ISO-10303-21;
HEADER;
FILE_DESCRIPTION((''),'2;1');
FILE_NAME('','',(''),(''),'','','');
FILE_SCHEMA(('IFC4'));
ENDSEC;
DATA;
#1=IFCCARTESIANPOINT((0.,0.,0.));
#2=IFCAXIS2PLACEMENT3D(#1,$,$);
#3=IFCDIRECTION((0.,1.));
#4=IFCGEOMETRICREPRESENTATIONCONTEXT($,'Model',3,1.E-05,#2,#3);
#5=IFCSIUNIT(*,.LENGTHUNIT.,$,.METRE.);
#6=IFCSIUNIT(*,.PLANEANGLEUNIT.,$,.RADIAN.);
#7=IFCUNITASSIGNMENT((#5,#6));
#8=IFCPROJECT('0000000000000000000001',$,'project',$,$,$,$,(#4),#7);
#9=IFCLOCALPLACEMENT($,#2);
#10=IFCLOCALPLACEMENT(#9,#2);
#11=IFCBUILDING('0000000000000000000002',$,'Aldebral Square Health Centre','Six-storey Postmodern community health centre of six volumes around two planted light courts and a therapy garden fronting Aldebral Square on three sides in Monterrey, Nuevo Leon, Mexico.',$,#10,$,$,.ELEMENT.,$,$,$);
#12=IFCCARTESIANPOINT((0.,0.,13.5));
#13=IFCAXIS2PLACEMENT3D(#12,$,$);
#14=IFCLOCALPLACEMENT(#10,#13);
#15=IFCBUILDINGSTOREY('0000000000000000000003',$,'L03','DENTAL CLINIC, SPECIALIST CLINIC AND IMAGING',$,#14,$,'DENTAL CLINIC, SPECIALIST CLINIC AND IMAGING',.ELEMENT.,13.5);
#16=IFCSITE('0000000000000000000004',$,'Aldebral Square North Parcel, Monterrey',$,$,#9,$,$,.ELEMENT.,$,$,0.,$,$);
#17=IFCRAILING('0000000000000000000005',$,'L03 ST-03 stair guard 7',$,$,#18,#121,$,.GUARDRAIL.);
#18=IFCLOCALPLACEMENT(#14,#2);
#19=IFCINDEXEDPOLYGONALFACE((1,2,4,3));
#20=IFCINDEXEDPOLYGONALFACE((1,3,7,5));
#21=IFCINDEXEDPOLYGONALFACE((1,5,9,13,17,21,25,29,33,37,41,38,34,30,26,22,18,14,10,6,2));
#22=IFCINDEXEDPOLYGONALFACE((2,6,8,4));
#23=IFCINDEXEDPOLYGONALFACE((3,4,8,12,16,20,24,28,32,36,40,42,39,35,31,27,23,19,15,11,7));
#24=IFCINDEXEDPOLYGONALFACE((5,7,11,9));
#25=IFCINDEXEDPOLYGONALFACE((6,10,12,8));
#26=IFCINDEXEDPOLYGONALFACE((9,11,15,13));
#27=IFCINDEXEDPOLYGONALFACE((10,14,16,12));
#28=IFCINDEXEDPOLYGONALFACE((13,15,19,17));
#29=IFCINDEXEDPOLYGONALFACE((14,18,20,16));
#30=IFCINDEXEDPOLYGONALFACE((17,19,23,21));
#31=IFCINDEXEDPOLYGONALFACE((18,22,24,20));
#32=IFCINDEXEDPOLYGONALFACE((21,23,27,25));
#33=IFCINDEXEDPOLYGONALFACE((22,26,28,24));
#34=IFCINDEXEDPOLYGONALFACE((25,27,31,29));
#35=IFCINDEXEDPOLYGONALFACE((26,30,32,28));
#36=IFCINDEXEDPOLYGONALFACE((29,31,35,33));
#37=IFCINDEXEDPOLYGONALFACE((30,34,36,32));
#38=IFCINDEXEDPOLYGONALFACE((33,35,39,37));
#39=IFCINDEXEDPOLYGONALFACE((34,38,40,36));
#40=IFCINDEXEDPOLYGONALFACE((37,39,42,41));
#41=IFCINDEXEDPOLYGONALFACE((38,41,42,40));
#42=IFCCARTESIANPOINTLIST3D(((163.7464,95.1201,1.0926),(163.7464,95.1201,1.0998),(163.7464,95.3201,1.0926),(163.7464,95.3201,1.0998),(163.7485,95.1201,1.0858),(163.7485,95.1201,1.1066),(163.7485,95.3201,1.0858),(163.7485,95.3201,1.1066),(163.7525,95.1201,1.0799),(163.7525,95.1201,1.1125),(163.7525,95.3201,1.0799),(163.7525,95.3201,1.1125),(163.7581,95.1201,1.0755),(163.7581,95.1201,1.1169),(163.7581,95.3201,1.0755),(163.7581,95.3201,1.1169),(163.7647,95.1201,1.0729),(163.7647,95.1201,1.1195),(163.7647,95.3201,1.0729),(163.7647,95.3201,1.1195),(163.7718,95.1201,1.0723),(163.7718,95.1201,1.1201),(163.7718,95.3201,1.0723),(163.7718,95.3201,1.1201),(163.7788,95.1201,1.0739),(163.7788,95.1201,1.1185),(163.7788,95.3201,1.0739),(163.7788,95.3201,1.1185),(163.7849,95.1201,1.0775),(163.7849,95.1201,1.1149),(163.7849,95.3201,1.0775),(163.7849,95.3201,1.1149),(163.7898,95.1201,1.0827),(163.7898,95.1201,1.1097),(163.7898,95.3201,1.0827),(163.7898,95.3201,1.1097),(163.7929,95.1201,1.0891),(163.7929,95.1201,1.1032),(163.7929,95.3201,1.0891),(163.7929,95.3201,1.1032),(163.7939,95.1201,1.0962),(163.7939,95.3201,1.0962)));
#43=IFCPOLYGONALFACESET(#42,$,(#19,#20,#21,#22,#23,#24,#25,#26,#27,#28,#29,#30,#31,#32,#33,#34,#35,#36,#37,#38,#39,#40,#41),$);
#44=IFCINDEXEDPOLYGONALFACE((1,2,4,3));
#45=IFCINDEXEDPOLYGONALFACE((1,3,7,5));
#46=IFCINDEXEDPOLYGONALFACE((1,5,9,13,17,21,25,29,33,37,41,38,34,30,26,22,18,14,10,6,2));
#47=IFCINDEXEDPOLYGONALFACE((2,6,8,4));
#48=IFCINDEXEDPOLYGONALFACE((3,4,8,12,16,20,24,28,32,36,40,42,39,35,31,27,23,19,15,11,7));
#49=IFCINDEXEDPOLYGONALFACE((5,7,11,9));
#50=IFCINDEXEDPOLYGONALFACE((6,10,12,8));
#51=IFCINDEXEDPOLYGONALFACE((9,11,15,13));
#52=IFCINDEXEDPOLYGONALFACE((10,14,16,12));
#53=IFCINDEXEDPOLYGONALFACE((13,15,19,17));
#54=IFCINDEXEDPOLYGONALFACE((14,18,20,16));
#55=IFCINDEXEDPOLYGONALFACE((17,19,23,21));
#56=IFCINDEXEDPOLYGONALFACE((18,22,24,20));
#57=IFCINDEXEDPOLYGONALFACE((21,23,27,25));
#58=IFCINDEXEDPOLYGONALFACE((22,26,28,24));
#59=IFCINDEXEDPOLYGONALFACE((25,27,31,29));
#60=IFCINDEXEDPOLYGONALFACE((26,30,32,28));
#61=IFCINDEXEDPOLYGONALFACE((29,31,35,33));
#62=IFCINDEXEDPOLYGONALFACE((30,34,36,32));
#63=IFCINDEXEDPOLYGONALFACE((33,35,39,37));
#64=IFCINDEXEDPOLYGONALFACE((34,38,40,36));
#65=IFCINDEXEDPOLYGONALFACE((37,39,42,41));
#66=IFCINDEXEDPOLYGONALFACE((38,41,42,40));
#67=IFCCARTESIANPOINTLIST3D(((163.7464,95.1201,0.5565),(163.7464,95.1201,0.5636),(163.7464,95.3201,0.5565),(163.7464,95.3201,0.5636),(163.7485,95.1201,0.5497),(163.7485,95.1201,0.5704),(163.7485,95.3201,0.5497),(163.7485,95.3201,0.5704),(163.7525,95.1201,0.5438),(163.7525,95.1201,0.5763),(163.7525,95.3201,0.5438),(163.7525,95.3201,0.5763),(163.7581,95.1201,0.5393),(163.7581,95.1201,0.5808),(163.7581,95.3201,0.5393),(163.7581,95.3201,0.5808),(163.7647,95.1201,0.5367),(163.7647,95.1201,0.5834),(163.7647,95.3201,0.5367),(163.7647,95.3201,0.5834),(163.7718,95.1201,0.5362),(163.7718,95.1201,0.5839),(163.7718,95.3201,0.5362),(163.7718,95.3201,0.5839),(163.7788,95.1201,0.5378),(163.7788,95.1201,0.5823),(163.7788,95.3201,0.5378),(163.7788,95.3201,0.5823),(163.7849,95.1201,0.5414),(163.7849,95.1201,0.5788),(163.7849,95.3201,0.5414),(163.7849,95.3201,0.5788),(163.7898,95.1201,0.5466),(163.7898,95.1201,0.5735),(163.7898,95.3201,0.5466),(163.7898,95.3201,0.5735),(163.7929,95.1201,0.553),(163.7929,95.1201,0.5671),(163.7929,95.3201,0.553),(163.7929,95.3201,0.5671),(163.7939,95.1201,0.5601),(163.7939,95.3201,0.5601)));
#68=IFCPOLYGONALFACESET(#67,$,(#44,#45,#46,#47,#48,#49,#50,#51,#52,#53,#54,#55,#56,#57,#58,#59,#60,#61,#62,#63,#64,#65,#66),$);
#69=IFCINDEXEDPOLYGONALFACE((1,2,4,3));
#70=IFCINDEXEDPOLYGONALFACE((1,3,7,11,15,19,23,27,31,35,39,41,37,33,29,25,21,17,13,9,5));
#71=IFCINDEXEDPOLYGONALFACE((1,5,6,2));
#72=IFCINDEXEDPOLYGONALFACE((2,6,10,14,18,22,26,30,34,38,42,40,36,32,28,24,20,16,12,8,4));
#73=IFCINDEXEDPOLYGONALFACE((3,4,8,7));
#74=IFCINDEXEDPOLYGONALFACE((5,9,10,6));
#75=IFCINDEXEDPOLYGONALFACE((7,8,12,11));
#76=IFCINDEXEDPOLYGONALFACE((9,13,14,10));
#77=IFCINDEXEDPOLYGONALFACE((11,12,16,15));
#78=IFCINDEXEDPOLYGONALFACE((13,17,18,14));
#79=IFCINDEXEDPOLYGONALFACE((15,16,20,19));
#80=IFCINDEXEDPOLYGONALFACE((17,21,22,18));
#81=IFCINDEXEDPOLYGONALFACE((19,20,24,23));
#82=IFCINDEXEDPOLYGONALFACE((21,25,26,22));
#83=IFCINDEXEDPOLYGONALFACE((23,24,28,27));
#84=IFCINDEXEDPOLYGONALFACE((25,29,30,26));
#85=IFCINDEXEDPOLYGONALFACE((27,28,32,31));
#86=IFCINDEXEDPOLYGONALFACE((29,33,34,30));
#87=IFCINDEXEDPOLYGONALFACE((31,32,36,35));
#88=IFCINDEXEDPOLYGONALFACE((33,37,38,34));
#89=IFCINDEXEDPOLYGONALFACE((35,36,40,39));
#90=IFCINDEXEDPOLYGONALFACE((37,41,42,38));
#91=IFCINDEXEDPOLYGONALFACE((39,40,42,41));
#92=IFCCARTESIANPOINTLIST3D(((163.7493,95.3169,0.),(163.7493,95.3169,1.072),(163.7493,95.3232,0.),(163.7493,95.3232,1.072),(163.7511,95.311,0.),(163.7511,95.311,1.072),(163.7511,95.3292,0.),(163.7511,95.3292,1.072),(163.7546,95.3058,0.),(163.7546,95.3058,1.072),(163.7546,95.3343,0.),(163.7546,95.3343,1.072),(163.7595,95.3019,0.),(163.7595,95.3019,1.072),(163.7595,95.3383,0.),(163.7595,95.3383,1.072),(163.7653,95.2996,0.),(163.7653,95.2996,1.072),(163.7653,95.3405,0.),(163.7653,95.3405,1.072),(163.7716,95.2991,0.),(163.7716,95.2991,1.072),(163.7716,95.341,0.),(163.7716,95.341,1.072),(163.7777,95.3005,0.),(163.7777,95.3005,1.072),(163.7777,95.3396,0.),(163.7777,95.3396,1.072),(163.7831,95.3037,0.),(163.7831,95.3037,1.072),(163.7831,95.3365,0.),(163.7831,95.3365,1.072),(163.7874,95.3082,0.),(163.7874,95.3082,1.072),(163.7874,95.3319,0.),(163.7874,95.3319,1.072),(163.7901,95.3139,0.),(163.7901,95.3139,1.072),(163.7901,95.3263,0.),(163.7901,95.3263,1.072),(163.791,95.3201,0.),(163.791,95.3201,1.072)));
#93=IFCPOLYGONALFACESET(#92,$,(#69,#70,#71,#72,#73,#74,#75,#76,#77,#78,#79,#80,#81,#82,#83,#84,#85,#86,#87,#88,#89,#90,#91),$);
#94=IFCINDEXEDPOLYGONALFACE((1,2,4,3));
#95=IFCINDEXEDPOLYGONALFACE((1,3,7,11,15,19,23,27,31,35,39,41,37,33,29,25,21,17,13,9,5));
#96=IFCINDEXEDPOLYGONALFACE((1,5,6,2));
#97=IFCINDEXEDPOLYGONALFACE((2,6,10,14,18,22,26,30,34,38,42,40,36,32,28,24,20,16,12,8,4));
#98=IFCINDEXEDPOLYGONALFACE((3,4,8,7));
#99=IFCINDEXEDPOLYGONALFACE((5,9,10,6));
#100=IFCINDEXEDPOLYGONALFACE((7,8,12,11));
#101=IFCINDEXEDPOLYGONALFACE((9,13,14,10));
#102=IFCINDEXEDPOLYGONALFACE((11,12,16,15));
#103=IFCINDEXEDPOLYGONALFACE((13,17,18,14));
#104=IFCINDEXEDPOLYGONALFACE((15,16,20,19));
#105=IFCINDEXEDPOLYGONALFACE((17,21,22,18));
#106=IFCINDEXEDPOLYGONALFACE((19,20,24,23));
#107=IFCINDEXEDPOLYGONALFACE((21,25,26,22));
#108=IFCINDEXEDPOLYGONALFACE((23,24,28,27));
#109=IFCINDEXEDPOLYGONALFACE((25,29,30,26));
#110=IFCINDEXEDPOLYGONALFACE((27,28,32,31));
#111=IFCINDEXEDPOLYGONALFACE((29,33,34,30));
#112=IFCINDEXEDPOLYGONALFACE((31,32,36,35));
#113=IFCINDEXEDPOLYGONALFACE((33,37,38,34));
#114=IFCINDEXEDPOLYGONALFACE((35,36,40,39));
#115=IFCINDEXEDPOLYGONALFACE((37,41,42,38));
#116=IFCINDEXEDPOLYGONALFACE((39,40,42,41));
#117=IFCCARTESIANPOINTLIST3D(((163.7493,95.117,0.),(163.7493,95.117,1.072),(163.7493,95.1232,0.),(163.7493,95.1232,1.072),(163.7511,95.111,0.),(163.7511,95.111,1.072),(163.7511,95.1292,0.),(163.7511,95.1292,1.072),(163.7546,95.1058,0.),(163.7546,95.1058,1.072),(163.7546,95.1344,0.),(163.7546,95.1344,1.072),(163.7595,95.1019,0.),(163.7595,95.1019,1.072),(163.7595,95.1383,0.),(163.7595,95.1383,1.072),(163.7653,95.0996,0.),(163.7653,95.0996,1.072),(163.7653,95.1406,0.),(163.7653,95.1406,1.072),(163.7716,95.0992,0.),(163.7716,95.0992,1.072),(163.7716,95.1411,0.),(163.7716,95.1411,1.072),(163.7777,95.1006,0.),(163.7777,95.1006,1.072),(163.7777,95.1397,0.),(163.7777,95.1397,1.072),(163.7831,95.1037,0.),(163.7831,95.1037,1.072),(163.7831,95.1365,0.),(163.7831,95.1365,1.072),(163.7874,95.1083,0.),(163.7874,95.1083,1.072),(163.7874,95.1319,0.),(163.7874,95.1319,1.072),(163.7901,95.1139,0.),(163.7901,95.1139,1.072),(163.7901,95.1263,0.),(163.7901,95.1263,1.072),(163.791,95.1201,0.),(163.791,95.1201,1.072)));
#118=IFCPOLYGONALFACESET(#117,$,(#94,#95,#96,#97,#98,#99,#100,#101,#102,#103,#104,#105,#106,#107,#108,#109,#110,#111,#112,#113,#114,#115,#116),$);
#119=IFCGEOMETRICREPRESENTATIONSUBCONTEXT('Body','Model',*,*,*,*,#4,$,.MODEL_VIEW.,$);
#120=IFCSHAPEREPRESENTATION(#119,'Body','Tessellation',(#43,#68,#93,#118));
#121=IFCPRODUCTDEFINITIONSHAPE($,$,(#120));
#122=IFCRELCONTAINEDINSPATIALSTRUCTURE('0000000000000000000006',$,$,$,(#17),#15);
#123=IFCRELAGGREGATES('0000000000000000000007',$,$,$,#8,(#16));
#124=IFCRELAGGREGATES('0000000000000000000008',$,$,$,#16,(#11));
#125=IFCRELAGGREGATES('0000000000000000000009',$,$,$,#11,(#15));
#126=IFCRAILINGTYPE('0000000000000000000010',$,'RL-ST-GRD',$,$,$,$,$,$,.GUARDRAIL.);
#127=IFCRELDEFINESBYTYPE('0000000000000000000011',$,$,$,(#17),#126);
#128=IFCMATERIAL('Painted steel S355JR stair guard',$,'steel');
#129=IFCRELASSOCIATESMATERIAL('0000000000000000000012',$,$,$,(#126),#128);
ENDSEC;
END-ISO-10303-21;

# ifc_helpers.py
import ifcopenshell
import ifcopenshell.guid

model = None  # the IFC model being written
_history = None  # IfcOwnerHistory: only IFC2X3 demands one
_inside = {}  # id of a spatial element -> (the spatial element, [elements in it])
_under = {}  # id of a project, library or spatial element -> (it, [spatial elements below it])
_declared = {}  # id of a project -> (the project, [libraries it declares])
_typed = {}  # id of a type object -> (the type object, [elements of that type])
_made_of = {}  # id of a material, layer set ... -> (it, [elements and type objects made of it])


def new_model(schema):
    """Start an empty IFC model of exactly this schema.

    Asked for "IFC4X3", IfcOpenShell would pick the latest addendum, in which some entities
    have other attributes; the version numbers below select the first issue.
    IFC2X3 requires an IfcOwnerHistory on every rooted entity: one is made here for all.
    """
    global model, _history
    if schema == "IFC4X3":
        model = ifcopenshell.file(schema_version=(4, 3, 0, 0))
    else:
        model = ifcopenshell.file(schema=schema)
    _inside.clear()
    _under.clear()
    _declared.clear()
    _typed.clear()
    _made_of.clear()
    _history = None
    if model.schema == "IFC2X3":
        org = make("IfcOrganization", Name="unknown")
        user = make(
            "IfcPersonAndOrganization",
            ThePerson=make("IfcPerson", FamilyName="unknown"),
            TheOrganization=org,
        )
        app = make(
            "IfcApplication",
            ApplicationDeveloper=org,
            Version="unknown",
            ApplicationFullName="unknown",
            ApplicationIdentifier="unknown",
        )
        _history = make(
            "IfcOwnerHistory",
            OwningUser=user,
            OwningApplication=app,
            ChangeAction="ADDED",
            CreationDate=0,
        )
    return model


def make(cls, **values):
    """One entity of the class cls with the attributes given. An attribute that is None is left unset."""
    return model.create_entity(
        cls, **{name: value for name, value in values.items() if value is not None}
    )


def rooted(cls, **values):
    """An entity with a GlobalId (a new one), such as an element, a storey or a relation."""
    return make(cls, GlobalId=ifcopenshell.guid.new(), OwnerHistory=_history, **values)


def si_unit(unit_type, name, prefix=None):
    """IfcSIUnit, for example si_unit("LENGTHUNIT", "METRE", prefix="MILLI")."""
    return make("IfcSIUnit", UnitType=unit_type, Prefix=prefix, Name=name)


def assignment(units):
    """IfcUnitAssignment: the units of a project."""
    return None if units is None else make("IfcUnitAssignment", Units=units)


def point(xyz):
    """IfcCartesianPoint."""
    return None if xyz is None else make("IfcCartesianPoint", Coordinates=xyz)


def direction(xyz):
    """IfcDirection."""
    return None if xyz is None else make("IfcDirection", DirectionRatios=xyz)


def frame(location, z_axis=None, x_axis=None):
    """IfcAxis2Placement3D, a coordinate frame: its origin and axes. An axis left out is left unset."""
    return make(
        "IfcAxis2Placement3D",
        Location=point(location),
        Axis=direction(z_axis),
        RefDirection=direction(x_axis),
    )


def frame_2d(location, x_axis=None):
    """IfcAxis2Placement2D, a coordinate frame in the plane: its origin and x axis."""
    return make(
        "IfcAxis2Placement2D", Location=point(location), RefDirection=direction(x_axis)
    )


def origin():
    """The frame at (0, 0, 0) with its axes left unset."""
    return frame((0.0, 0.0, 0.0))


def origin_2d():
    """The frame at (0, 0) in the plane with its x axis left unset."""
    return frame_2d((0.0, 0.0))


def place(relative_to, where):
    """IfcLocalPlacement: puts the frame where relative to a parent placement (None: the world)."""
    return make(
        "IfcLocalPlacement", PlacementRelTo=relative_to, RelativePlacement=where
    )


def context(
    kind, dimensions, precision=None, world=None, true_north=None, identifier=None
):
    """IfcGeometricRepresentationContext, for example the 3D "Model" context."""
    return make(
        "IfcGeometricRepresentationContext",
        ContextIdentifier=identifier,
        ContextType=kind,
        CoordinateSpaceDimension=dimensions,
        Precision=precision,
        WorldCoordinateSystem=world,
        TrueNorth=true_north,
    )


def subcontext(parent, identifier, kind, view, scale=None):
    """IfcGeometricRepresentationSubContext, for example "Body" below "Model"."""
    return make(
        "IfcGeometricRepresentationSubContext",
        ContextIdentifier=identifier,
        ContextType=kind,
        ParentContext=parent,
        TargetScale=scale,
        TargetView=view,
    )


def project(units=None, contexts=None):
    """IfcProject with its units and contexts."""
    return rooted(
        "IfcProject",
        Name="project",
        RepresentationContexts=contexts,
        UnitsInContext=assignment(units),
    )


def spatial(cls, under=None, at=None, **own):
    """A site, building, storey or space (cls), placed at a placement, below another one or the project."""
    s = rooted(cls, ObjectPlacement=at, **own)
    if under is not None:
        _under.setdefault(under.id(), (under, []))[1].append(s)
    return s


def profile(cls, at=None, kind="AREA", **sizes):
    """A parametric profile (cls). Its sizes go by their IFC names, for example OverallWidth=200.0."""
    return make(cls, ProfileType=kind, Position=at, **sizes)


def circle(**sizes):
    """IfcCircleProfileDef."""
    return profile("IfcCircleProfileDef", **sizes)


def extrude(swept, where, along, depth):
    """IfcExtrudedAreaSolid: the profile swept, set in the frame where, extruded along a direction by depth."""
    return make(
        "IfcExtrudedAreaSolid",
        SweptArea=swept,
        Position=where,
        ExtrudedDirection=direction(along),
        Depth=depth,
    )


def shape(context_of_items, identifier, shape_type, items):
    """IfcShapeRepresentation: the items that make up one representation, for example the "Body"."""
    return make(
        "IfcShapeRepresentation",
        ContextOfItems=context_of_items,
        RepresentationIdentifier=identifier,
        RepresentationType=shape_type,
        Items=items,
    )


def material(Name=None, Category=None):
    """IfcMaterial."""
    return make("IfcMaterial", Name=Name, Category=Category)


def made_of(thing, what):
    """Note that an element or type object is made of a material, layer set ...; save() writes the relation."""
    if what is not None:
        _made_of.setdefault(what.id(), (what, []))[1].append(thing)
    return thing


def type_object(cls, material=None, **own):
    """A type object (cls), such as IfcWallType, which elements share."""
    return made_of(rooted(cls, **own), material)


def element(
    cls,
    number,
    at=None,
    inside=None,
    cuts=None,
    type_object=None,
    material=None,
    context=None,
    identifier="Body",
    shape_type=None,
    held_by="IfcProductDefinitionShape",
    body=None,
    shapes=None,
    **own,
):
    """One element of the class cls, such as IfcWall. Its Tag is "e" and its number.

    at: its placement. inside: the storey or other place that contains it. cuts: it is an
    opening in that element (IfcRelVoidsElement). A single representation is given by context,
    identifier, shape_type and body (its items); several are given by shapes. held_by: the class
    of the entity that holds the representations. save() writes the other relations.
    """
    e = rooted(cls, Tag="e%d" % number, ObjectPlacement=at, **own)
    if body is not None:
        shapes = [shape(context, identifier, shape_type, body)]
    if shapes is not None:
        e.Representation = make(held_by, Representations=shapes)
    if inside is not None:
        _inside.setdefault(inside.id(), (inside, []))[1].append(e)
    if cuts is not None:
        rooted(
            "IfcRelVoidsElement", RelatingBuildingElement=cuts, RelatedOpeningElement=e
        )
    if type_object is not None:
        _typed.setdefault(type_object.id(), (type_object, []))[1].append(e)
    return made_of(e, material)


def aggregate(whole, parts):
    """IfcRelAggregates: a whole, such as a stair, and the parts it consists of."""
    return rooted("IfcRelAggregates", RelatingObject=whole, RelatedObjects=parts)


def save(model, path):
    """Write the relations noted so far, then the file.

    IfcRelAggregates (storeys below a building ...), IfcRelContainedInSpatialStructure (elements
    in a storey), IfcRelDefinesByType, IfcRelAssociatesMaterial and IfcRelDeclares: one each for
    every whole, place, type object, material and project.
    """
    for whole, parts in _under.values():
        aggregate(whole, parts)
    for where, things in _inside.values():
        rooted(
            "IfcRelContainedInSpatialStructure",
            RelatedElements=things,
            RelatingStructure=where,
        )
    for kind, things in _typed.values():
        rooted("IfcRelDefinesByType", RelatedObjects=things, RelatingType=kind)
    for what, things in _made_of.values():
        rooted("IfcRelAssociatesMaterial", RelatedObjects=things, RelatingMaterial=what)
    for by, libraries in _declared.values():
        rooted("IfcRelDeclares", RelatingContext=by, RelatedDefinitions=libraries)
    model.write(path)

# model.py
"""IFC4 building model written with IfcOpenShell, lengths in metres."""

from ifc_helpers import new_model, si_unit, direction, frame, origin, origin_2d, place, context, subcontext, project, spatial, circle, extrude, material, type_object, element, save


model = new_model("IFC4")

# Units and contexts
model_context = context("Model", 3, precision=1e-05, world=origin(), true_north=direction((0.0, 1.0)))
body_context = subcontext(model_context, "Body", "Model", "MODEL_VIEW")
ifc_project = project(units=[si_unit("LENGTHUNIT", "METRE"), si_unit("PLANEANGLEUNIT", "RADIAN")], contexts=[model_context])

# Site, building, storey
site_placement = place(None, origin())
site = spatial("IfcSite", under=ifc_project, at=site_placement, Name="Aldebral Square North Parcel, Monterrey", CompositionType="ELEMENT", RefElevation=0.0)
building_placement = place(site_placement, origin())
building = spatial("IfcBuilding", under=site, at=building_placement, Name="Aldebral Square Health Centre", Description="Six-storey Postmodern community health centre of six volumes around two planted light courts and a therapy garden fronting Aldebral Square on three sides in Monterrey, Nuevo Leon, Mexico.", CompositionType="ELEMENT")
storey_placement = place(building_placement, frame((0.0, 0.0, 13.5)))
storey = spatial("IfcBuildingStorey", under=building, at=storey_placement, Name="L03", Description="DENTAL CLINIC, SPECIALIST CLINIC AND IMAGING", LongName="DENTAL CLINIC, SPECIALIST CLINIC AND IMAGING", CompositionType="ELEMENT", Elevation=13.5)

# Railing
ifc_material_1 = material(Name="Painted steel S355JR stair guard", Category="steel")
railing_type_1 = type_object("IfcRailingType", Name="RL-ST-GRD", PredefinedType="GUARDRAIL", material=ifc_material_1)
railing_1_placement = place(storey_placement, frame((163.77, 95.3201, 0.0)))
element("IfcRailing", 1, at=railing_1_placement, inside=storey, type_object=railing_type_1, Name="L03 ST-03 stair guard 7", PredefinedType="GUARDRAIL", context=body_context, shape_type="SweptSolid", body=[
    extrude(circle(Radius=0.0239, at=origin_2d()), frame((0.0, 0.0, 1.0962), z_axis=(0.0, -1.0, 0.0), x_axis=(1.0, 0.0, 0.0)), (0.0, 0.0, 1.0), 0.2),
    extrude(circle(Radius=0.0239, at=origin_2d()), frame((0.0, 0.0, 0.5601), z_axis=(0.0, -1.0, 0.0), x_axis=(1.0, 0.0, 0.0)), (0.0, 0.0, 1.0), 0.2),
    extrude(circle(Radius=0.021, at=origin_2d()), origin(), (0.0, 0.0, 1.0), 1.072),
    extrude(circle(Radius=0.021, at=origin_2d()), frame((0.0, -0.2, 0.0)), (0.0, 0.0, 1.0), 1.072),
])

save(model, "model.ifc")
